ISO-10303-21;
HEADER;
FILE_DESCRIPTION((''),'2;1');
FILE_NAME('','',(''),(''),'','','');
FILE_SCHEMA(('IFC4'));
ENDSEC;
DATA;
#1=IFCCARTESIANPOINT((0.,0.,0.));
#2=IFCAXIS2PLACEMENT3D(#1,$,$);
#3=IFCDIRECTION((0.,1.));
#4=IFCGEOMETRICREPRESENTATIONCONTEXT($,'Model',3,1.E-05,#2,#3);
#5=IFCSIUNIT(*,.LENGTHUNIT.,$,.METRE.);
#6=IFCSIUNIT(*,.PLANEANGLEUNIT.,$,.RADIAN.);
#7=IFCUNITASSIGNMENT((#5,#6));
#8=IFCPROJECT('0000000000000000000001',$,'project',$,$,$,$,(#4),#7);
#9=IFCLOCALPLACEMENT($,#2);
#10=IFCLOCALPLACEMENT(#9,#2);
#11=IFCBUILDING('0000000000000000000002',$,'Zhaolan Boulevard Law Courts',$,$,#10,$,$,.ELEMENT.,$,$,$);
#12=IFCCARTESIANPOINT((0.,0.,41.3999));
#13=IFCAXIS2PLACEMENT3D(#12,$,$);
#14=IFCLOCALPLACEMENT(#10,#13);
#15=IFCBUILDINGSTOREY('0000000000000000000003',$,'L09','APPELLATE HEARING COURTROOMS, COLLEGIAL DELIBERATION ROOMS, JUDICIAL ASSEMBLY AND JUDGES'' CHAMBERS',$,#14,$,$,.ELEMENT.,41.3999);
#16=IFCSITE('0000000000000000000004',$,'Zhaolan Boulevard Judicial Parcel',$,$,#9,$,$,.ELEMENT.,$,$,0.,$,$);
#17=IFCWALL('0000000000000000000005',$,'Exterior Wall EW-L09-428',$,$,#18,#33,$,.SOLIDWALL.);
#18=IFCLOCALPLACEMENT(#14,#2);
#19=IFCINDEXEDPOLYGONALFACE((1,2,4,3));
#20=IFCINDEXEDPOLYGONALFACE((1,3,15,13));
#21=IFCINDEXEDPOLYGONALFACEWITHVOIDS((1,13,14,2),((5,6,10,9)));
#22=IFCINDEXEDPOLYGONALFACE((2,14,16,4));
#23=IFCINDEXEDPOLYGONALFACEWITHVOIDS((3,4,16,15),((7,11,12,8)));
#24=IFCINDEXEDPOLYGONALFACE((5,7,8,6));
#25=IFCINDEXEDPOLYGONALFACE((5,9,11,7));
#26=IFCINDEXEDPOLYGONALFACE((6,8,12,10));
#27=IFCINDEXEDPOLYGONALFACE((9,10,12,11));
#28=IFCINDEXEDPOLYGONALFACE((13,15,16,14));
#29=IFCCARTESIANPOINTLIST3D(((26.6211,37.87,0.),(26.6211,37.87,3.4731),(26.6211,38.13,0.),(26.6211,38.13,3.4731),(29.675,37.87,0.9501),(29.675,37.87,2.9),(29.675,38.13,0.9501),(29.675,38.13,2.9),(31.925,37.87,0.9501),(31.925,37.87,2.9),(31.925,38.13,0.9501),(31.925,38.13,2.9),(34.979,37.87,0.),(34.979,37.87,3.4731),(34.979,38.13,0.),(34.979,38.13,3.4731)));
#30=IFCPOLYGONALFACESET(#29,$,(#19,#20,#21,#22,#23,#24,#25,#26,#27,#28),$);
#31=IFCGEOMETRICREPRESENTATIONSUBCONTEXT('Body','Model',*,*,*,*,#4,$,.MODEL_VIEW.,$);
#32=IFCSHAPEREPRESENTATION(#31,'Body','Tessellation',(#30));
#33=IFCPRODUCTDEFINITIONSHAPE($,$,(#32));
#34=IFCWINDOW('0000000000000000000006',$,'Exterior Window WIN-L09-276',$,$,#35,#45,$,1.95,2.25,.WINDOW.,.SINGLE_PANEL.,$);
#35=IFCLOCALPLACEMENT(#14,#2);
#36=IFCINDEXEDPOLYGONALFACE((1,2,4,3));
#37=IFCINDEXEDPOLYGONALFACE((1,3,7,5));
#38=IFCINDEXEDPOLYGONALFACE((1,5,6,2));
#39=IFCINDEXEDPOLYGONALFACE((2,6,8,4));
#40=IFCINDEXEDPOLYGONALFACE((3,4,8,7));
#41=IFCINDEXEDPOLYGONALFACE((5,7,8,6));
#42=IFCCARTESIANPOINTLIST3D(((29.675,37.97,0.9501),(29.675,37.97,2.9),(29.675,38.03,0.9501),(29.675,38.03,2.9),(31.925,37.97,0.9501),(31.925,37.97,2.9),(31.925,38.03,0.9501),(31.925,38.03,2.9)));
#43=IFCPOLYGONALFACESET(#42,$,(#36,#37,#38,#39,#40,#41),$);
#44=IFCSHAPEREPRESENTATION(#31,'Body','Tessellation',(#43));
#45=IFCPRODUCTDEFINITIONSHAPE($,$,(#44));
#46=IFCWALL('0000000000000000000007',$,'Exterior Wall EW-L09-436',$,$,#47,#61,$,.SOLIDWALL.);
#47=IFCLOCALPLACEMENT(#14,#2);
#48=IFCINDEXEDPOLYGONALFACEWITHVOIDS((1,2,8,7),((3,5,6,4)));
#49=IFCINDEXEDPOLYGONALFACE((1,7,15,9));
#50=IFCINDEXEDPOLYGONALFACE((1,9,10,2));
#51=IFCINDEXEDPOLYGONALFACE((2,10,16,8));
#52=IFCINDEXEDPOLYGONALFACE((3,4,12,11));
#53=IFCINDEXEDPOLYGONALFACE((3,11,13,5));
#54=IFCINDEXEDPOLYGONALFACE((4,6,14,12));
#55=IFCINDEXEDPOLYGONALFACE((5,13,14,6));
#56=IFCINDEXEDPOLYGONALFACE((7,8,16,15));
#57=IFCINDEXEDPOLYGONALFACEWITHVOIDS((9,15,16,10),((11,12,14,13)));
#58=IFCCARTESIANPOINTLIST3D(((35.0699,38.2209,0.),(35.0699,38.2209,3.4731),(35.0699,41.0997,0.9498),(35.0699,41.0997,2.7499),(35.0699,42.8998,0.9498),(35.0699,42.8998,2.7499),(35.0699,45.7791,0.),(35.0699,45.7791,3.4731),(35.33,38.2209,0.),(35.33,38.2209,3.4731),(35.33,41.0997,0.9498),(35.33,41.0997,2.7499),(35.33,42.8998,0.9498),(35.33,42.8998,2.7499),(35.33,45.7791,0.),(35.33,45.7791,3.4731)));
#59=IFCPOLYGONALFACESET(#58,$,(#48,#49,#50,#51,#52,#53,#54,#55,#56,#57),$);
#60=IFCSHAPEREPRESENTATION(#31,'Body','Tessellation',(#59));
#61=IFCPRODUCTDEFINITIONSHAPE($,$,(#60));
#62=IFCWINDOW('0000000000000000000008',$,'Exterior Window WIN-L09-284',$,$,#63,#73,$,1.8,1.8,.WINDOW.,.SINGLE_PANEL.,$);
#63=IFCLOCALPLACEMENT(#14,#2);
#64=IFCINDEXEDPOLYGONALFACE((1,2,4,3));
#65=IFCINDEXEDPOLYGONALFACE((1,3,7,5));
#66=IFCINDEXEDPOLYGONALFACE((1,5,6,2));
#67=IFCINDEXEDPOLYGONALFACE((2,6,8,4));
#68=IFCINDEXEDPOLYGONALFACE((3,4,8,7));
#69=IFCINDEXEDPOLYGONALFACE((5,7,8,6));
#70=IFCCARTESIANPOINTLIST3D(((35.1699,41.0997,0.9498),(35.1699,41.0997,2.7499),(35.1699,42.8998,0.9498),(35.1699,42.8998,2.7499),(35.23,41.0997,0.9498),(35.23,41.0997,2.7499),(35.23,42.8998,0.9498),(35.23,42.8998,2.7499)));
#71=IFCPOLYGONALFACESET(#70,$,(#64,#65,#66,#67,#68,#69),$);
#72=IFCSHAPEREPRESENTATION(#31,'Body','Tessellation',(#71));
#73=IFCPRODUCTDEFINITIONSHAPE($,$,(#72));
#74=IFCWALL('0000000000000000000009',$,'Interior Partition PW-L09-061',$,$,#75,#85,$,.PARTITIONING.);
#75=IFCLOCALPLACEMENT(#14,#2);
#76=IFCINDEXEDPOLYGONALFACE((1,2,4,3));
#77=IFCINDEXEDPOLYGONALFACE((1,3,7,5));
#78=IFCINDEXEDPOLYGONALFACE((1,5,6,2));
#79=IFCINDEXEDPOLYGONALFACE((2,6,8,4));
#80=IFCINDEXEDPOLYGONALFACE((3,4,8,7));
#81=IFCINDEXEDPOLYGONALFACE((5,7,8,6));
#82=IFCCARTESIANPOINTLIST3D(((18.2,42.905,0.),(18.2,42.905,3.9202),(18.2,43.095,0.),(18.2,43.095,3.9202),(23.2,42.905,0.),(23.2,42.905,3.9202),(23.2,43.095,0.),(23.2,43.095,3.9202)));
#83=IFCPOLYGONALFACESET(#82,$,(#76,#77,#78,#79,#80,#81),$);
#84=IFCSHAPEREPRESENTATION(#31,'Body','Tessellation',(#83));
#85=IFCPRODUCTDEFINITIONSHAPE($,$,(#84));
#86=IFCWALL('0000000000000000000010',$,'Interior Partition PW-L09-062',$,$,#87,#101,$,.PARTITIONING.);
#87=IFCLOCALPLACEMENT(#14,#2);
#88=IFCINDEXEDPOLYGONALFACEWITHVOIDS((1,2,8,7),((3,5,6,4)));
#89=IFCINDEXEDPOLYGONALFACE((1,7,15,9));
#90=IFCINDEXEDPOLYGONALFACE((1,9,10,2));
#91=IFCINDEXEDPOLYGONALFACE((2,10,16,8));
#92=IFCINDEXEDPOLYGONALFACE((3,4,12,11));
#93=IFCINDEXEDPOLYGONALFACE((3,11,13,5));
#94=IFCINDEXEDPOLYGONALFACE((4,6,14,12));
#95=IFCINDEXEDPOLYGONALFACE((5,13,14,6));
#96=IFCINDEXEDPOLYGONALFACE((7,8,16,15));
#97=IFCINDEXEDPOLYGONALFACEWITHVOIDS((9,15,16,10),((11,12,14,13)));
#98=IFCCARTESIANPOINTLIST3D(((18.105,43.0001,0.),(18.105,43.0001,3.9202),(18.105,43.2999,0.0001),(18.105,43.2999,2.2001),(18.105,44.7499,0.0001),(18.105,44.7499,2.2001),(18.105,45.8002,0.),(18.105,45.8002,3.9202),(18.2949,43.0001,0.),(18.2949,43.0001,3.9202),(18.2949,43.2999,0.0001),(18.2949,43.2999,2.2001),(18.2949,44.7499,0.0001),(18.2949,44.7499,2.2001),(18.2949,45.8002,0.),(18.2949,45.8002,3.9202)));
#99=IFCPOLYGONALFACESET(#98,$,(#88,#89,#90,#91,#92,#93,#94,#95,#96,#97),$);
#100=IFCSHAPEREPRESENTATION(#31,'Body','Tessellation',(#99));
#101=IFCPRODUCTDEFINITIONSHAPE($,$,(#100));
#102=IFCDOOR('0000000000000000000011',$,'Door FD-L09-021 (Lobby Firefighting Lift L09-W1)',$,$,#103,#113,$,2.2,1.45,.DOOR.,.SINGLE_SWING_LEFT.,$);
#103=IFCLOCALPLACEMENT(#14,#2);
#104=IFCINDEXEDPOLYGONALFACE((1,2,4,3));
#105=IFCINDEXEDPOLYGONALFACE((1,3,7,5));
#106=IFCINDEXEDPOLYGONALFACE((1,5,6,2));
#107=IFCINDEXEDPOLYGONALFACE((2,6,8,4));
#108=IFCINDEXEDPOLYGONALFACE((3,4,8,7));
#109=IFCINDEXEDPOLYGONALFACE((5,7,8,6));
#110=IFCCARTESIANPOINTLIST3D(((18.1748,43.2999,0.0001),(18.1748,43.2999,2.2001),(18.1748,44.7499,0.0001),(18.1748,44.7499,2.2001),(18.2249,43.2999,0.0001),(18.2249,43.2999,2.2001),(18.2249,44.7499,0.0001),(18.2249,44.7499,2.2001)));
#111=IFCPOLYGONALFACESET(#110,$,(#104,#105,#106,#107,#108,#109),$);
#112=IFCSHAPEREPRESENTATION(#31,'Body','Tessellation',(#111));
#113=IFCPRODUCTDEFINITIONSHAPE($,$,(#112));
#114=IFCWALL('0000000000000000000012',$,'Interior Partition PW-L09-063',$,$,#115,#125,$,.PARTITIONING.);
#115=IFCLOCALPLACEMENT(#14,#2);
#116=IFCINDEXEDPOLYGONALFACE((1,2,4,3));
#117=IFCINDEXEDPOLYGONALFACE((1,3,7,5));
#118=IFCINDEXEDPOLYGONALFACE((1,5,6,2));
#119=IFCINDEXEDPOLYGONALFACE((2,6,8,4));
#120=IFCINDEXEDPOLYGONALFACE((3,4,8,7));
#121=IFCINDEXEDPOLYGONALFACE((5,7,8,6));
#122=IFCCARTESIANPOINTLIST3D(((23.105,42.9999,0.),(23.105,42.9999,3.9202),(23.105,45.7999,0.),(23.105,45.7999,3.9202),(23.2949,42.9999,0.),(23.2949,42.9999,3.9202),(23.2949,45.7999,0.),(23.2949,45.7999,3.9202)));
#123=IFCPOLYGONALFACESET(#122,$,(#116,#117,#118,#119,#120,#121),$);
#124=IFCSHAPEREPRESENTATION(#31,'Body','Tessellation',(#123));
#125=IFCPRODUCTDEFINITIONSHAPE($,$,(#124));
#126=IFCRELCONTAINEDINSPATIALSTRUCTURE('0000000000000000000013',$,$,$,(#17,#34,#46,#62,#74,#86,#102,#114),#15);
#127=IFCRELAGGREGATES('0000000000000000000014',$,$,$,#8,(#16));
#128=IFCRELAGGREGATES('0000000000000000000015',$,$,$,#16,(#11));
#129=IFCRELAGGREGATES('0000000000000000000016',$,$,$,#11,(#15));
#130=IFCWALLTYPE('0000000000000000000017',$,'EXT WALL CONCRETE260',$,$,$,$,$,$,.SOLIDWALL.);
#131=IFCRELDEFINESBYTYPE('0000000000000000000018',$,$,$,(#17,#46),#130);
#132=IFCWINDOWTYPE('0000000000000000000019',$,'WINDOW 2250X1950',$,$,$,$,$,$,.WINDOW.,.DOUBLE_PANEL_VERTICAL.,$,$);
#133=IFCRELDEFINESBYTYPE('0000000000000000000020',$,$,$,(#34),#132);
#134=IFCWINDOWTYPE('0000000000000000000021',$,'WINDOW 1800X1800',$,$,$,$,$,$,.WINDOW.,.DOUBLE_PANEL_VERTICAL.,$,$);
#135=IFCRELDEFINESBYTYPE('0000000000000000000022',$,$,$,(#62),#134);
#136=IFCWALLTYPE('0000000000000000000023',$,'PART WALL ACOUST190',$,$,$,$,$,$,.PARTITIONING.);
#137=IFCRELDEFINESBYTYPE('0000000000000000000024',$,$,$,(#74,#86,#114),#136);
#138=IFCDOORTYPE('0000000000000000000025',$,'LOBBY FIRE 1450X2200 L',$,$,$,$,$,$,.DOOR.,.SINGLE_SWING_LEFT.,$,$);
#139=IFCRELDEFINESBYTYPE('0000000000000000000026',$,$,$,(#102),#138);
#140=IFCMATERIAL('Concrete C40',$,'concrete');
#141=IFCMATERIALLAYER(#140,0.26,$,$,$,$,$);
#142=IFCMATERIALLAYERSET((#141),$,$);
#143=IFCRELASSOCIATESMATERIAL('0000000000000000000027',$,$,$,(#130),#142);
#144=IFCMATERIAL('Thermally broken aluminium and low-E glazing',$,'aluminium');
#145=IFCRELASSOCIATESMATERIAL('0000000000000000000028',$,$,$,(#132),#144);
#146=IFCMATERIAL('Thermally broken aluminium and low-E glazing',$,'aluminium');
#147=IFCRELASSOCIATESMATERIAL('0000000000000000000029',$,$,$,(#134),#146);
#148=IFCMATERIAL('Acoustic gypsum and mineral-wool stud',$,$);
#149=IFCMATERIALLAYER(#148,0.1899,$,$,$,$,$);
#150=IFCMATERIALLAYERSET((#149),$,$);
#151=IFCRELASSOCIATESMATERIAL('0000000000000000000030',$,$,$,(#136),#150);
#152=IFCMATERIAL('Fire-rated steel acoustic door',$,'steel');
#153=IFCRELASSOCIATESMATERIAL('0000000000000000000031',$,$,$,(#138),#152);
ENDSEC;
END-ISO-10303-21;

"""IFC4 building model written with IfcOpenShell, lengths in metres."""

from ifc_helpers import new_model, si_unit, direction, frame, frame_2d, origin, place, context, subcontext, project, spatial, rectangle, extrude, material, layer, layer_set, type_object, element, fill, save


model = new_model("IFC4")

# Units and contexts
model_context = context("Model", 3, precision=1e-05, world=origin(), true_north=direction((0.0, 1.0)))
body_context = subcontext(model_context, "Body", "Model", "MODEL_VIEW")
ifc_project = project(units=[si_unit("LENGTHUNIT", "METRE"), si_unit("PLANEANGLEUNIT", "RADIAN")], contexts=[model_context])

# Site, building, storey
site_placement = place(None, origin())
site = spatial("IfcSite", under=ifc_project, at=site_placement, Name="Zhaolan Boulevard Judicial Parcel", CompositionType="ELEMENT", RefElevation=0.0)
building_placement = place(site_placement, origin())
building = spatial("IfcBuilding", under=site, at=building_placement, Name="Zhaolan Boulevard Law Courts", CompositionType="ELEMENT")
storey_placement = place(building_placement, frame((0.0, 0.0, 41.3999)))
storey = spatial("IfcBuildingStorey", under=building, at=storey_placement, Name="L09", Description="APPELLATE HEARING COURTROOMS, COLLEGIAL DELIBERATION ROOMS, JUDICIAL ASSEMBLY AND JUDGES' CHAMBERS", CompositionType="ELEMENT", Elevation=41.3999)

# Walls, openings, windows
ifc_material_1 = material(Name="Concrete C40", Category="concrete")
ifc_layer_1 = layer(ifc_material_1, 0.26)
ifc_layer_set_1 = layer_set([ifc_layer_1])
wall_type_1 = type_object("IfcWallType", Name="EXT WALL CONCRETE260", PredefinedType="SOLIDWALL", material=ifc_layer_set_1)
wall_1_placement = place(storey_placement, frame((26.6211, 38.0, 0.0), z_axis=(0.0, 0.0, 1.0), x_axis=(1.0, 0.0, 0.0)))
wall_1 = element("IfcWall", 1, at=wall_1_placement, inside=storey, type_object=wall_type_1, Name="Exterior Wall EW-L09-428", PredefinedType="SOLIDWALL", context=body_context, shape_type="SweptSolid", body=[
    extrude(rectangle(XDim=8.3579, YDim=0.26, at=frame_2d((4.179, 0.0))), origin(), (0.0, 0.0, 1.0), 3.4731),
])
opening_1_placement = place(wall_1_placement, frame((3.054, 0.0, 0.95)))
opening_1 = element("IfcOpeningElement", 2, at=opening_1_placement, cuts=wall_1, PredefinedType="OPENING", context=body_context, shape_type="SweptSolid", body=[
    extrude(rectangle(XDim=2.25, YDim=1.95, at=frame_2d((1.125, 0.9751))), frame((0.0, 0.1399, 0.0), z_axis=(0.0, -1.0, 0.0), x_axis=(1.0, 0.0, 0.0)), (0.0, 0.0, 1.0), 0.28),
])
ifc_material_2 = material(Name="Thermally broken aluminium and low-E glazing", Category="aluminium")
window_type_1 = type_object("IfcWindowType", Name="WINDOW 2250X1950", PartitioningType="DOUBLE_PANEL_VERTICAL", PredefinedType="WINDOW", material=ifc_material_2)
window_1_placement = place(opening_1_placement, origin())
window_1 = element("IfcWindow", 3, at=window_1_placement, inside=storey, type_object=window_type_1, Name="Exterior Window WIN-L09-276", OverallHeight=1.95, OverallWidth=2.25, PartitioningType="SINGLE_PANEL", PredefinedType="WINDOW", context=body_context, shape_type="SweptSolid", body=[
    extrude(rectangle(XDim=2.25, YDim=1.95, at=frame_2d((1.125, 0.9751))), frame((0.0, 0.03, 0.0), z_axis=(0.0, -1.0, 0.0), x_axis=(1.0, 0.0, 0.0)), (0.0, 0.0, 1.0), 0.0601),
])
fill(opening_1, window_1)
wall_2_placement = place(storey_placement, frame((35.2, 38.2209, 0.0), z_axis=(0.0, 0.0, 1.0), x_axis=(0.0, 1.0, 0.0)))
wall_2 = element("IfcWall", 4, at=wall_2_placement, inside=storey, type_object=wall_type_1, Name="Exterior Wall EW-L09-436", PredefinedType="SOLIDWALL", context=body_context, shape_type="SweptSolid", body=[
    extrude(rectangle(XDim=7.5581, YDim=0.26, at=frame_2d((3.7791, 0.0))), origin(), (0.0, 0.0, 1.0), 3.4731),
])
opening_2_placement = place(wall_2_placement, frame((2.8789, 0.0, 0.95)))
opening_2 = element("IfcOpeningElement", 5, at=opening_2_placement, cuts=wall_2, PredefinedType="OPENING", context=body_context, shape_type="SweptSolid", body=[
    extrude(rectangle(XDim=1.8, YDim=1.8, at=frame_2d((0.8999, 0.8999))), frame((0.0, 0.1399, 0.0), z_axis=(0.0, -1.0, 0.0), x_axis=(1.0, 0.0, 0.0)), (0.0, 0.0, 1.0), 0.28),
])
ifc_material_3 = material(Name="Thermally broken aluminium and low-E glazing", Category="aluminium")
window_type_2 = type_object("IfcWindowType", Name="WINDOW 1800X1800", PartitioningType="DOUBLE_PANEL_VERTICAL", PredefinedType="WINDOW", material=ifc_material_3)
window_2_placement = place(opening_2_placement, origin())
window_2 = element("IfcWindow", 6, at=window_2_placement, inside=storey, type_object=window_type_2, Name="Exterior Window WIN-L09-284", OverallHeight=1.8, OverallWidth=1.8, PartitioningType="SINGLE_PANEL", PredefinedType="WINDOW", context=body_context, shape_type="SweptSolid", body=[
    extrude(rectangle(XDim=1.8, YDim=1.8, at=frame_2d((0.8999, 0.8999))), frame((0.0, 0.03, 0.0), z_axis=(0.0, -1.0, 0.0), x_axis=(1.0, 0.0, 0.0)), (0.0, 0.0, 1.0), 0.0601),
])
fill(opening_2, window_2)

# Wall
ifc_material_4 = material(Name="Acoustic gypsum and mineral-wool stud")
ifc_layer_2 = layer(ifc_material_4, 0.1899)
ifc_layer_set_2 = layer_set([ifc_layer_2])
wall_type_2 = type_object("IfcWallType", Name="PART WALL ACOUST190", PredefinedType="PARTITIONING", material=ifc_layer_set_2)
wall_3_placement = place(storey_placement, frame((18.2, 43.0, 0.0), z_axis=(0.0, 0.0, 1.0), x_axis=(1.0, 0.0, 0.0)))
element("IfcWall", 7, at=wall_3_placement, inside=storey, type_object=wall_type_2, Name="Interior Partition PW-L09-061", PredefinedType="PARTITIONING", context=body_context, shape_type="SweptSolid", body=[
    extrude(rectangle(XDim=5.0, YDim=0.1899, at=frame_2d((2.5, 0.0))), origin(), (0.0, 0.0, 1.0), 3.9202),
])

# Wall, opening, door
wall_4_placement = place(storey_placement, frame((18.2, 45.8, 0.0), z_axis=(0.0, 0.0, 1.0), x_axis=(0.0, -1.0, 0.0)))
wall_4 = element("IfcWall", 8, at=wall_4_placement, inside=storey, type_object=wall_type_2, Name="Interior Partition PW-L09-062", PredefinedType="PARTITIONING", context=body_context, shape_type="SweptSolid", body=[
    extrude(rectangle(XDim=2.8, YDim=0.1899, at=frame_2d((1.3999, 0.0))), origin(), (0.0, 0.0, 1.0), 3.9202),
])
opening_3_placement = place(wall_4_placement, frame((1.05, 0.0, 0.0)))
opening_3 = element("IfcOpeningElement", 9, at=opening_3_placement, cuts=wall_4, PredefinedType="OPENING", context=body_context, shape_type="SweptSolid", body=[
    extrude(rectangle(XDim=1.45, YDim=2.2, at=frame_2d((0.7251, 1.1001))), frame((0.0, 0.105, 0.0), z_axis=(0.0, -1.0, 0.0), x_axis=(1.0, 0.0, 0.0)), (0.0, 0.0, 1.0), 0.21),
])
ifc_material_5 = material(Name="Fire-rated steel acoustic door", Category="steel")
door_type = type_object("IfcDoorType", Name="LOBBY FIRE 1450X2200 L", OperationType="SINGLE_SWING_LEFT", PredefinedType="DOOR", material=ifc_material_5)
door_placement = place(opening_3_placement, origin())
door = element("IfcDoor", 10, at=door_placement, inside=storey, type_object=door_type, Name="Door FD-L09-021 (Lobby Firefighting Lift L09-W1)", OperationType="SINGLE_SWING_LEFT", OverallHeight=2.2, OverallWidth=1.45, PredefinedType="DOOR", context=body_context, shape_type="SweptSolid", body=[
    extrude(rectangle(XDim=1.45, YDim=2.2, at=frame_2d((0.7251, 1.1001))), frame((0.0, 0.0249, 0.0), z_axis=(0.0, -1.0, 0.0), x_axis=(1.0, 0.0, 0.0)), (0.0, 0.0, 1.0), 0.05),
])
fill(opening_3, door)

# Wall
wall_5_placement = place(storey_placement, frame((23.2, 43.0, 0.0), z_axis=(0.0, 0.0, 1.0), x_axis=(0.0, 1.0, 0.0)))
element("IfcWall", 11, at=wall_5_placement, inside=storey, type_object=wall_type_2, Name="Interior Partition PW-L09-063", PredefinedType="PARTITIONING", context=body_context, shape_type="SweptSolid", body=[
    extrude(rectangle(XDim=2.8, YDim=0.1899, at=frame_2d((1.3999, 0.0))), origin(), (0.0, 0.0, 1.0), 3.9202),
])

save(model, "model.ifc")
